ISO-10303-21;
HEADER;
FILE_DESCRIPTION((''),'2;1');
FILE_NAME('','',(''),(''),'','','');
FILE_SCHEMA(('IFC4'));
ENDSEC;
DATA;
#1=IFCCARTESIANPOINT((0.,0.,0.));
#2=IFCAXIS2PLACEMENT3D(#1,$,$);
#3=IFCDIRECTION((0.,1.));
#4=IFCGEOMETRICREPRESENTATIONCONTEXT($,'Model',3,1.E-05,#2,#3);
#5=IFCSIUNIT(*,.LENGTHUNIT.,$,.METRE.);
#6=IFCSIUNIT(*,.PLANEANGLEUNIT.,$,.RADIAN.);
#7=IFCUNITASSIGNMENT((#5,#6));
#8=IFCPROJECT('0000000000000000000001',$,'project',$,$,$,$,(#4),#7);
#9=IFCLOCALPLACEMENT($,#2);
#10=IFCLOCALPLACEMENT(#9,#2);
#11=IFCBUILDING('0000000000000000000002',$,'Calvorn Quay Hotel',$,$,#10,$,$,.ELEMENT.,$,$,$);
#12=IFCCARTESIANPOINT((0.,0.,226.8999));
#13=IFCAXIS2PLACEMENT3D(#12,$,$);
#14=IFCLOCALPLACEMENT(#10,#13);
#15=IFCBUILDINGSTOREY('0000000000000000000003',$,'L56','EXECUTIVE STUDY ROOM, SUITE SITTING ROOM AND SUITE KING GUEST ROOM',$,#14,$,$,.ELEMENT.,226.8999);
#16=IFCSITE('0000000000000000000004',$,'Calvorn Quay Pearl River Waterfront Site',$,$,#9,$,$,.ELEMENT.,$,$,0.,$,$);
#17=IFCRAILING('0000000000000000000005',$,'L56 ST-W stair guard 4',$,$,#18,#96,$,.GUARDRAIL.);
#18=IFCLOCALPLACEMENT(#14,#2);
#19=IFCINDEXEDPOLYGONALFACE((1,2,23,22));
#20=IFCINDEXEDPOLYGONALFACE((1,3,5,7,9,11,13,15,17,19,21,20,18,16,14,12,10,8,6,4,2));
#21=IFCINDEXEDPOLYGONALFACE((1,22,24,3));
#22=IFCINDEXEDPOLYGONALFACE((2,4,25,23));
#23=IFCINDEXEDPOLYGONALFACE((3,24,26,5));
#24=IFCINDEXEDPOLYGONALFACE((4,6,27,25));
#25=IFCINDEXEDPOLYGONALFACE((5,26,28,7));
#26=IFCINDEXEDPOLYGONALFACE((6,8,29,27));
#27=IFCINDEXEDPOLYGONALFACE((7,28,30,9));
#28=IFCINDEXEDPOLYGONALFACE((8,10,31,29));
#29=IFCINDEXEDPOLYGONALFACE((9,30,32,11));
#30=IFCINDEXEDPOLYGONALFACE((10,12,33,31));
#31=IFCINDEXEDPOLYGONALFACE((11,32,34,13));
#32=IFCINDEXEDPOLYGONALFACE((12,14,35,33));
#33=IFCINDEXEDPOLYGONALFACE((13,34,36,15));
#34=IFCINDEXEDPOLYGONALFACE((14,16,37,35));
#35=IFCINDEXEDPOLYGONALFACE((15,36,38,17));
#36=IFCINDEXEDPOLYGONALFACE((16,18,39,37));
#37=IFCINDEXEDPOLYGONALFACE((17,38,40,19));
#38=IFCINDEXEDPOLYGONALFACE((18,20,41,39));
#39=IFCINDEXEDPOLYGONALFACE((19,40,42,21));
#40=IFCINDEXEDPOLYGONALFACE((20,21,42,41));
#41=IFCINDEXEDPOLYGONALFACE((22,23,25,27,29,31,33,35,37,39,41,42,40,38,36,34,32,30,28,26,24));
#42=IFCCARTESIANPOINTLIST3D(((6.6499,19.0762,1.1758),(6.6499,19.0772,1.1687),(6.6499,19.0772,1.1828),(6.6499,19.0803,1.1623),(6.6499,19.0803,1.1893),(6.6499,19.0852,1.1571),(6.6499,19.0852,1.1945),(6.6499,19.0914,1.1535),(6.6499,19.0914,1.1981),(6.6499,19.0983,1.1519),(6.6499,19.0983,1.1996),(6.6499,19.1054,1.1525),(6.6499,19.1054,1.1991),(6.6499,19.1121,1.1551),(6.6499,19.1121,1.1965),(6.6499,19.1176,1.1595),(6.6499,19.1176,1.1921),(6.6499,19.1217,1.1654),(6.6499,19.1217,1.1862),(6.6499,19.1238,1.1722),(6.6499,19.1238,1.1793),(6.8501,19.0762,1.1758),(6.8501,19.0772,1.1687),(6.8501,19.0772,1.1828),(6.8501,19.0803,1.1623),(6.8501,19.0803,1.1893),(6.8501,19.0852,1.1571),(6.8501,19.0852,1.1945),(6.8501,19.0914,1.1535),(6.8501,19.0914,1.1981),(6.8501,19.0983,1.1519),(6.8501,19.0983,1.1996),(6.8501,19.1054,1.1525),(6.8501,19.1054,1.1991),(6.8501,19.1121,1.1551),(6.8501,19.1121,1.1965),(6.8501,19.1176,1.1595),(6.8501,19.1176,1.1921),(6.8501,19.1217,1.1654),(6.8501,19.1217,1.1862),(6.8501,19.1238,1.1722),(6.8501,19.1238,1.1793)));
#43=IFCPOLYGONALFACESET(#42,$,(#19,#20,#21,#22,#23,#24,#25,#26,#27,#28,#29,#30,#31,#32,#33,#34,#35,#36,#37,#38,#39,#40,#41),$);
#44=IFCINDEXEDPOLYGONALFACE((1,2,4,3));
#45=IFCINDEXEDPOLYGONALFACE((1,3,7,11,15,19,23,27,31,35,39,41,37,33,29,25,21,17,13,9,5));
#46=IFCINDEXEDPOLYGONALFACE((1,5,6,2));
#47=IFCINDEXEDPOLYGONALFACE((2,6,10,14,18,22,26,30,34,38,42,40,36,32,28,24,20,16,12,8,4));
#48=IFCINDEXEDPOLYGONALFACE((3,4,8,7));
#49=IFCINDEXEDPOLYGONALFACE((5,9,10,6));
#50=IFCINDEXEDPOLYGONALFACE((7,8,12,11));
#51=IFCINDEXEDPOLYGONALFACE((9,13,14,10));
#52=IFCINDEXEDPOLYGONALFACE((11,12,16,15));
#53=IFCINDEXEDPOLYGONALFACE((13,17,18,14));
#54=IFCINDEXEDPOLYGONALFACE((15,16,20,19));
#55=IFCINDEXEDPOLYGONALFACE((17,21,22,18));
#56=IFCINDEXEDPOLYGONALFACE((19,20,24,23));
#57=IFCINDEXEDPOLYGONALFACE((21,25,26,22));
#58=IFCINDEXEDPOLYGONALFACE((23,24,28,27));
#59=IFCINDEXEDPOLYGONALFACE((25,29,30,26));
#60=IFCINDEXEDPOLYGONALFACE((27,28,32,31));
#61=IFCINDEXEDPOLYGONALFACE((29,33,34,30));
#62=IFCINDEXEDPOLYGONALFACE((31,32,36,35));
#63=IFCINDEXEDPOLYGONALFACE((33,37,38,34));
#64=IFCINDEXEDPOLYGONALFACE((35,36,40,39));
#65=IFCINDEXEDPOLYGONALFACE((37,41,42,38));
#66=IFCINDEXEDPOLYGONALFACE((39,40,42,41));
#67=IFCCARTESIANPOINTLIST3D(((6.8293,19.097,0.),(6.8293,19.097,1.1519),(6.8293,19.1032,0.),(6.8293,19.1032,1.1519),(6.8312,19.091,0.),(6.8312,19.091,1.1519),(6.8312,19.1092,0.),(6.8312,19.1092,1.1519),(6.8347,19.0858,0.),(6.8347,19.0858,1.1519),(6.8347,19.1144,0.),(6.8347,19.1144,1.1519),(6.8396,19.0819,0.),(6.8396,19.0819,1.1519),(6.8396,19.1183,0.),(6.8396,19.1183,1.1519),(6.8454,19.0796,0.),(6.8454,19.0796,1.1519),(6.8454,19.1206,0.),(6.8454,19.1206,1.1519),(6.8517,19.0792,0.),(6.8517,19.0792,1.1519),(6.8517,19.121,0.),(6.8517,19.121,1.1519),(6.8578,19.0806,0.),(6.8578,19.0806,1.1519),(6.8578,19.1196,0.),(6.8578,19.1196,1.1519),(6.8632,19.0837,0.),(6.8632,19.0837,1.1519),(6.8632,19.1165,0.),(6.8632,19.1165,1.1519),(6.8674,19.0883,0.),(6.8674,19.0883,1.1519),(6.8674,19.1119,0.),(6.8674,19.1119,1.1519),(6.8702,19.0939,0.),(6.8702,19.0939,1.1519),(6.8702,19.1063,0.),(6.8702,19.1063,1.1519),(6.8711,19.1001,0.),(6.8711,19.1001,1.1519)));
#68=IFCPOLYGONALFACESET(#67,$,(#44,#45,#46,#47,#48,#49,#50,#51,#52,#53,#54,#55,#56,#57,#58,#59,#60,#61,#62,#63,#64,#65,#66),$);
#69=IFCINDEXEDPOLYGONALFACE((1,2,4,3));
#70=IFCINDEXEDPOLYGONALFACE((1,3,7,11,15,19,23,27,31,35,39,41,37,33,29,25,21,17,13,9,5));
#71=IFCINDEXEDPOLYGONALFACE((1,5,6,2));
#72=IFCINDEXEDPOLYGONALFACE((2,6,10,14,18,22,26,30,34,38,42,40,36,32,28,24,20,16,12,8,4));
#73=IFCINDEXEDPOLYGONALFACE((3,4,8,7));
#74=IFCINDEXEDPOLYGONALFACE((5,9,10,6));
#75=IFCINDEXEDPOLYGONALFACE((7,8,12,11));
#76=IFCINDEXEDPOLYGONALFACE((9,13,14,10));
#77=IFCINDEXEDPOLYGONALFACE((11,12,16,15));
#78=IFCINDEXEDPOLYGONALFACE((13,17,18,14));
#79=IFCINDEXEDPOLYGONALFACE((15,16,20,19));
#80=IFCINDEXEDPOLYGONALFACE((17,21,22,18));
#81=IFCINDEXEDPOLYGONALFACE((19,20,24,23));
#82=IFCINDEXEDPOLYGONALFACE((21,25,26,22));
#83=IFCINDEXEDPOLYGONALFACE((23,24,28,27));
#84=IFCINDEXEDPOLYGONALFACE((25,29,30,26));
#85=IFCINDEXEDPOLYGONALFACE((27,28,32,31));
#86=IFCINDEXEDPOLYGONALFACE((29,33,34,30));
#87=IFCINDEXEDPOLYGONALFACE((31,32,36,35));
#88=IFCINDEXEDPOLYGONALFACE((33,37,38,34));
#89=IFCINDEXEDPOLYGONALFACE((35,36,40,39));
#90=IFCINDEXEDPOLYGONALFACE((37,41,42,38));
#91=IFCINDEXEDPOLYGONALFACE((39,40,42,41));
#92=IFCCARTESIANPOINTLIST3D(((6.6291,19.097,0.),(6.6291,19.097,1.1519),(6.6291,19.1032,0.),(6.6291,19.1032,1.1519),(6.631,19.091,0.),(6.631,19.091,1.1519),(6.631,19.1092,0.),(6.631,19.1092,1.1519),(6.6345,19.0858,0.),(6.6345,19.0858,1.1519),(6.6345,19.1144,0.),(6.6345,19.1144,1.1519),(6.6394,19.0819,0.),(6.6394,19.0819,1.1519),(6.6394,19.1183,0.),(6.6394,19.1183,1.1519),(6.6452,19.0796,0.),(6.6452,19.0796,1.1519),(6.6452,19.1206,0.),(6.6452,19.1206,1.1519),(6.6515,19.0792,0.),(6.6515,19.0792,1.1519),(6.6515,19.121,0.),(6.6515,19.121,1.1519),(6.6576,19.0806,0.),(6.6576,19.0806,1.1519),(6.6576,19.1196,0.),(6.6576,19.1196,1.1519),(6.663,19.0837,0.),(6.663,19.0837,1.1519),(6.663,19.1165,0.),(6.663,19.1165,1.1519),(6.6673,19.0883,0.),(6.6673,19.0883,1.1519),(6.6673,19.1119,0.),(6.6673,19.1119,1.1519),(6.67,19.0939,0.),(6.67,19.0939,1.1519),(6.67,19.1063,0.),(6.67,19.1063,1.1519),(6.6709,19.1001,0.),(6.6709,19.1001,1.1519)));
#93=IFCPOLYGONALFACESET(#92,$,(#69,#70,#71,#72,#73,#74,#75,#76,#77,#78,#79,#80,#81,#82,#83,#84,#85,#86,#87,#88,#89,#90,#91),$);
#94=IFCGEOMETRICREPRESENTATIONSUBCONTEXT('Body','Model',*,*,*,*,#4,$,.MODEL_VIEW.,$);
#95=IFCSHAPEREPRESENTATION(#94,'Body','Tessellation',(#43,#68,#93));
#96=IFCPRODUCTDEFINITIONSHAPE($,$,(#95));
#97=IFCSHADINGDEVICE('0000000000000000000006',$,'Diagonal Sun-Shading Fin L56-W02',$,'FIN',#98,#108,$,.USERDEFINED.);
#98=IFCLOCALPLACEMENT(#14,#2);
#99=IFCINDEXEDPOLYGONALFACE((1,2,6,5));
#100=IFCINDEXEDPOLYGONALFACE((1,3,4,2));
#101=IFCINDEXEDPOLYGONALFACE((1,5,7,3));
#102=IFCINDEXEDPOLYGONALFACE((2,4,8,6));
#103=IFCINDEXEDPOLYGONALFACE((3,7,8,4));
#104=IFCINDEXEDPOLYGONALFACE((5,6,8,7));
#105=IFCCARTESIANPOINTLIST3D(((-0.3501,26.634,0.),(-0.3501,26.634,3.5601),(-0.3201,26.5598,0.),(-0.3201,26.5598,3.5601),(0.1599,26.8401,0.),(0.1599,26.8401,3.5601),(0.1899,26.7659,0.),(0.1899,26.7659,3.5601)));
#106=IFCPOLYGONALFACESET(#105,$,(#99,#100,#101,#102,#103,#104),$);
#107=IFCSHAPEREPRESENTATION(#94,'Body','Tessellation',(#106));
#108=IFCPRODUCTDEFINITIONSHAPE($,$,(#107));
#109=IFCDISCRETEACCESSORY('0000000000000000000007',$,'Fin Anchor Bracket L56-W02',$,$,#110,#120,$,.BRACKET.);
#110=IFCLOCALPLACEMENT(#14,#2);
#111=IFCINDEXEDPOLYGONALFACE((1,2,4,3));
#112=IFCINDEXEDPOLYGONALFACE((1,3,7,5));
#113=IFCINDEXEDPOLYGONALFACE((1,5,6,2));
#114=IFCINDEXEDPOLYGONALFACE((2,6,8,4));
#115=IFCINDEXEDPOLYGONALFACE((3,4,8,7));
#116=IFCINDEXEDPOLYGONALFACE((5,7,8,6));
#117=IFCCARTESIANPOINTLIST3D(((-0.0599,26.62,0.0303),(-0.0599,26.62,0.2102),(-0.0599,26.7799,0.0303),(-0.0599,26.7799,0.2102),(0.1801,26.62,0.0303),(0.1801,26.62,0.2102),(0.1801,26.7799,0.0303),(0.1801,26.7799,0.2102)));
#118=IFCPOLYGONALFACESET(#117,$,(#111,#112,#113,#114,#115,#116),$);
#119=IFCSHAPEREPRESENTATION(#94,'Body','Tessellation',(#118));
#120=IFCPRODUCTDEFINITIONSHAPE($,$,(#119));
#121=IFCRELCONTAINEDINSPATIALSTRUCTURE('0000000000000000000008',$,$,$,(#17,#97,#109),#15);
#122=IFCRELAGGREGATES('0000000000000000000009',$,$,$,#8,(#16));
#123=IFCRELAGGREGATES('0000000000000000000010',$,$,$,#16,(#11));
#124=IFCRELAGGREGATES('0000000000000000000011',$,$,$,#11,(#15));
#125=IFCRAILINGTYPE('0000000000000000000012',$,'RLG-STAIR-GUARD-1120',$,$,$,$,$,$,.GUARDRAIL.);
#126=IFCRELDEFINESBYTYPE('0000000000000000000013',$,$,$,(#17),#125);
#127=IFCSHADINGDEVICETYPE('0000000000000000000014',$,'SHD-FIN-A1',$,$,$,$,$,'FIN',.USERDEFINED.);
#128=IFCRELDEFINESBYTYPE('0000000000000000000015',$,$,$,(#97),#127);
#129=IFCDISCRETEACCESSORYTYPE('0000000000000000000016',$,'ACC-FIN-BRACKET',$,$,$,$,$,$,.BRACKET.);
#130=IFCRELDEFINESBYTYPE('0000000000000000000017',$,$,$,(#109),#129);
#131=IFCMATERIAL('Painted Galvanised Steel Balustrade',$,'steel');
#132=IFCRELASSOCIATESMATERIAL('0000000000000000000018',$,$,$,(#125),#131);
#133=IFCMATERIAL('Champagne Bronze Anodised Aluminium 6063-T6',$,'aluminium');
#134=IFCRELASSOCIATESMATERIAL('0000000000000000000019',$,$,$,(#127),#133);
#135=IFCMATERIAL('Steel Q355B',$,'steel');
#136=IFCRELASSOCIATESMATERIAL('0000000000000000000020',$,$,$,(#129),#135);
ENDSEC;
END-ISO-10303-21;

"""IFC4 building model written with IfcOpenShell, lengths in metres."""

from ifc_helpers import new_model, si_unit, direction, frame, origin, origin_2d, place, context, subcontext, project, spatial, rectangle, circle, extrude, material, type_object, element, save


model = new_model("IFC4")

# Units and contexts
model_context = context("Model", 3, precision=1e-05, world=origin(), true_north=direction((0.0, 1.0)))
body_context = subcontext(model_context, "Body", "Model", "MODEL_VIEW")
ifc_project = project(units=[si_unit("LENGTHUNIT", "METRE"), si_unit("PLANEANGLEUNIT", "RADIAN")], contexts=[model_context])

# Site, building, storey
site_placement = place(None, origin())
site = spatial("IfcSite", under=ifc_project, at=site_placement, Name="Calvorn Quay Pearl River Waterfront Site", CompositionType="ELEMENT", RefElevation=0.0)
building_placement = place(site_placement, origin())
building = spatial("IfcBuilding", under=site, at=building_placement, Name="Calvorn Quay Hotel", CompositionType="ELEMENT")
storey_placement = place(building_placement, frame((0.0, 0.0, 226.8999)))
storey = spatial("IfcBuildingStorey", under=building, at=storey_placement, Name="L56", Description="EXECUTIVE STUDY ROOM, SUITE SITTING ROOM AND SUITE KING GUEST ROOM", CompositionType="ELEMENT", Elevation=226.8999)

# Railing
ifc_material_1 = material(Name="Painted Galvanised Steel Balustrade", Category="steel")
railing_type_1 = type_object("IfcRailingType", Name="RLG-STAIR-GUARD-1120", PredefinedType="GUARDRAIL", material=ifc_material_1)
railing_1_placement = place(storey_placement, frame((6.8501, 19.1001, 0.0)))
element("IfcRailing", 1, at=railing_1_placement, inside=storey, type_object=railing_type_1, Name="L56 ST-W stair guard 4", PredefinedType="GUARDRAIL", context=body_context, shape_type="SweptSolid", body=[
    extrude(circle(Radius=0.0239, at=origin_2d()), frame((0.0, 0.0, 1.1758), z_axis=(-1.0, 0.0, 0.0), x_axis=(0.0, -1.0, 0.0)), (0.0, 0.0, 1.0), 0.2002),
    extrude(circle(Radius=0.021, at=origin_2d()), origin(), (0.0, 0.0, 1.0), 1.1519),
    extrude(circle(Radius=0.021, at=origin_2d()), frame((-0.2002, 0.0, 0.0)), (0.0, 0.0, 1.0), 1.1519),
])

# Shading device
ifc_material_2 = material(Name="Champagne Bronze Anodised Aluminium 6063-T6", Category="aluminium")
shading_device_type = type_object("IfcShadingDeviceType", Name="SHD-FIN-A1", ElementType="FIN", PredefinedType="USERDEFINED", material=ifc_material_2)
shading_device_placement = place(storey_placement, frame((-0.0801, 26.7, 0.0), z_axis=(0.0, 0.0, 1.0), x_axis=(0.927184, 0.374607, 0.0)))
element("IfcShadingDevice", 2, at=shading_device_placement, inside=storey, type_object=shading_device_type, Name="Diagonal Sun-Shading Fin L56-W02", ObjectType="FIN", PredefinedType="USERDEFINED", context=body_context, shape_type="SweptSolid", body=[
    extrude(rectangle(XDim=0.55, YDim=0.0801, at=origin_2d()), origin(), (0.0, 0.0, 1.0), 3.5601),
])

# Discrete accessory
ifc_material_3 = material(Name="Steel Q355B", Category="steel")
discrete_accessory_type = type_object("IfcDiscreteAccessoryType", Name="ACC-FIN-BRACKET", PredefinedType="BRACKET", material=ifc_material_3)
discrete_accessory_placement = place(storey_placement, frame((0.0601, 26.7, 0.0303), z_axis=(0.0, 0.0, 1.0), x_axis=(1.0, 0.0, 0.0)))
element("IfcDiscreteAccessory", 3, at=discrete_accessory_placement, inside=storey, type_object=discrete_accessory_type, Name="Fin Anchor Bracket L56-W02", PredefinedType="BRACKET", context=body_context, shape_type="SweptSolid", body=[
    extrude(rectangle(XDim=0.24, YDim=0.1599, at=origin_2d()), origin(), (0.0, 0.0, 1.0), 0.1799),
])

save(model, "model.ifc")
